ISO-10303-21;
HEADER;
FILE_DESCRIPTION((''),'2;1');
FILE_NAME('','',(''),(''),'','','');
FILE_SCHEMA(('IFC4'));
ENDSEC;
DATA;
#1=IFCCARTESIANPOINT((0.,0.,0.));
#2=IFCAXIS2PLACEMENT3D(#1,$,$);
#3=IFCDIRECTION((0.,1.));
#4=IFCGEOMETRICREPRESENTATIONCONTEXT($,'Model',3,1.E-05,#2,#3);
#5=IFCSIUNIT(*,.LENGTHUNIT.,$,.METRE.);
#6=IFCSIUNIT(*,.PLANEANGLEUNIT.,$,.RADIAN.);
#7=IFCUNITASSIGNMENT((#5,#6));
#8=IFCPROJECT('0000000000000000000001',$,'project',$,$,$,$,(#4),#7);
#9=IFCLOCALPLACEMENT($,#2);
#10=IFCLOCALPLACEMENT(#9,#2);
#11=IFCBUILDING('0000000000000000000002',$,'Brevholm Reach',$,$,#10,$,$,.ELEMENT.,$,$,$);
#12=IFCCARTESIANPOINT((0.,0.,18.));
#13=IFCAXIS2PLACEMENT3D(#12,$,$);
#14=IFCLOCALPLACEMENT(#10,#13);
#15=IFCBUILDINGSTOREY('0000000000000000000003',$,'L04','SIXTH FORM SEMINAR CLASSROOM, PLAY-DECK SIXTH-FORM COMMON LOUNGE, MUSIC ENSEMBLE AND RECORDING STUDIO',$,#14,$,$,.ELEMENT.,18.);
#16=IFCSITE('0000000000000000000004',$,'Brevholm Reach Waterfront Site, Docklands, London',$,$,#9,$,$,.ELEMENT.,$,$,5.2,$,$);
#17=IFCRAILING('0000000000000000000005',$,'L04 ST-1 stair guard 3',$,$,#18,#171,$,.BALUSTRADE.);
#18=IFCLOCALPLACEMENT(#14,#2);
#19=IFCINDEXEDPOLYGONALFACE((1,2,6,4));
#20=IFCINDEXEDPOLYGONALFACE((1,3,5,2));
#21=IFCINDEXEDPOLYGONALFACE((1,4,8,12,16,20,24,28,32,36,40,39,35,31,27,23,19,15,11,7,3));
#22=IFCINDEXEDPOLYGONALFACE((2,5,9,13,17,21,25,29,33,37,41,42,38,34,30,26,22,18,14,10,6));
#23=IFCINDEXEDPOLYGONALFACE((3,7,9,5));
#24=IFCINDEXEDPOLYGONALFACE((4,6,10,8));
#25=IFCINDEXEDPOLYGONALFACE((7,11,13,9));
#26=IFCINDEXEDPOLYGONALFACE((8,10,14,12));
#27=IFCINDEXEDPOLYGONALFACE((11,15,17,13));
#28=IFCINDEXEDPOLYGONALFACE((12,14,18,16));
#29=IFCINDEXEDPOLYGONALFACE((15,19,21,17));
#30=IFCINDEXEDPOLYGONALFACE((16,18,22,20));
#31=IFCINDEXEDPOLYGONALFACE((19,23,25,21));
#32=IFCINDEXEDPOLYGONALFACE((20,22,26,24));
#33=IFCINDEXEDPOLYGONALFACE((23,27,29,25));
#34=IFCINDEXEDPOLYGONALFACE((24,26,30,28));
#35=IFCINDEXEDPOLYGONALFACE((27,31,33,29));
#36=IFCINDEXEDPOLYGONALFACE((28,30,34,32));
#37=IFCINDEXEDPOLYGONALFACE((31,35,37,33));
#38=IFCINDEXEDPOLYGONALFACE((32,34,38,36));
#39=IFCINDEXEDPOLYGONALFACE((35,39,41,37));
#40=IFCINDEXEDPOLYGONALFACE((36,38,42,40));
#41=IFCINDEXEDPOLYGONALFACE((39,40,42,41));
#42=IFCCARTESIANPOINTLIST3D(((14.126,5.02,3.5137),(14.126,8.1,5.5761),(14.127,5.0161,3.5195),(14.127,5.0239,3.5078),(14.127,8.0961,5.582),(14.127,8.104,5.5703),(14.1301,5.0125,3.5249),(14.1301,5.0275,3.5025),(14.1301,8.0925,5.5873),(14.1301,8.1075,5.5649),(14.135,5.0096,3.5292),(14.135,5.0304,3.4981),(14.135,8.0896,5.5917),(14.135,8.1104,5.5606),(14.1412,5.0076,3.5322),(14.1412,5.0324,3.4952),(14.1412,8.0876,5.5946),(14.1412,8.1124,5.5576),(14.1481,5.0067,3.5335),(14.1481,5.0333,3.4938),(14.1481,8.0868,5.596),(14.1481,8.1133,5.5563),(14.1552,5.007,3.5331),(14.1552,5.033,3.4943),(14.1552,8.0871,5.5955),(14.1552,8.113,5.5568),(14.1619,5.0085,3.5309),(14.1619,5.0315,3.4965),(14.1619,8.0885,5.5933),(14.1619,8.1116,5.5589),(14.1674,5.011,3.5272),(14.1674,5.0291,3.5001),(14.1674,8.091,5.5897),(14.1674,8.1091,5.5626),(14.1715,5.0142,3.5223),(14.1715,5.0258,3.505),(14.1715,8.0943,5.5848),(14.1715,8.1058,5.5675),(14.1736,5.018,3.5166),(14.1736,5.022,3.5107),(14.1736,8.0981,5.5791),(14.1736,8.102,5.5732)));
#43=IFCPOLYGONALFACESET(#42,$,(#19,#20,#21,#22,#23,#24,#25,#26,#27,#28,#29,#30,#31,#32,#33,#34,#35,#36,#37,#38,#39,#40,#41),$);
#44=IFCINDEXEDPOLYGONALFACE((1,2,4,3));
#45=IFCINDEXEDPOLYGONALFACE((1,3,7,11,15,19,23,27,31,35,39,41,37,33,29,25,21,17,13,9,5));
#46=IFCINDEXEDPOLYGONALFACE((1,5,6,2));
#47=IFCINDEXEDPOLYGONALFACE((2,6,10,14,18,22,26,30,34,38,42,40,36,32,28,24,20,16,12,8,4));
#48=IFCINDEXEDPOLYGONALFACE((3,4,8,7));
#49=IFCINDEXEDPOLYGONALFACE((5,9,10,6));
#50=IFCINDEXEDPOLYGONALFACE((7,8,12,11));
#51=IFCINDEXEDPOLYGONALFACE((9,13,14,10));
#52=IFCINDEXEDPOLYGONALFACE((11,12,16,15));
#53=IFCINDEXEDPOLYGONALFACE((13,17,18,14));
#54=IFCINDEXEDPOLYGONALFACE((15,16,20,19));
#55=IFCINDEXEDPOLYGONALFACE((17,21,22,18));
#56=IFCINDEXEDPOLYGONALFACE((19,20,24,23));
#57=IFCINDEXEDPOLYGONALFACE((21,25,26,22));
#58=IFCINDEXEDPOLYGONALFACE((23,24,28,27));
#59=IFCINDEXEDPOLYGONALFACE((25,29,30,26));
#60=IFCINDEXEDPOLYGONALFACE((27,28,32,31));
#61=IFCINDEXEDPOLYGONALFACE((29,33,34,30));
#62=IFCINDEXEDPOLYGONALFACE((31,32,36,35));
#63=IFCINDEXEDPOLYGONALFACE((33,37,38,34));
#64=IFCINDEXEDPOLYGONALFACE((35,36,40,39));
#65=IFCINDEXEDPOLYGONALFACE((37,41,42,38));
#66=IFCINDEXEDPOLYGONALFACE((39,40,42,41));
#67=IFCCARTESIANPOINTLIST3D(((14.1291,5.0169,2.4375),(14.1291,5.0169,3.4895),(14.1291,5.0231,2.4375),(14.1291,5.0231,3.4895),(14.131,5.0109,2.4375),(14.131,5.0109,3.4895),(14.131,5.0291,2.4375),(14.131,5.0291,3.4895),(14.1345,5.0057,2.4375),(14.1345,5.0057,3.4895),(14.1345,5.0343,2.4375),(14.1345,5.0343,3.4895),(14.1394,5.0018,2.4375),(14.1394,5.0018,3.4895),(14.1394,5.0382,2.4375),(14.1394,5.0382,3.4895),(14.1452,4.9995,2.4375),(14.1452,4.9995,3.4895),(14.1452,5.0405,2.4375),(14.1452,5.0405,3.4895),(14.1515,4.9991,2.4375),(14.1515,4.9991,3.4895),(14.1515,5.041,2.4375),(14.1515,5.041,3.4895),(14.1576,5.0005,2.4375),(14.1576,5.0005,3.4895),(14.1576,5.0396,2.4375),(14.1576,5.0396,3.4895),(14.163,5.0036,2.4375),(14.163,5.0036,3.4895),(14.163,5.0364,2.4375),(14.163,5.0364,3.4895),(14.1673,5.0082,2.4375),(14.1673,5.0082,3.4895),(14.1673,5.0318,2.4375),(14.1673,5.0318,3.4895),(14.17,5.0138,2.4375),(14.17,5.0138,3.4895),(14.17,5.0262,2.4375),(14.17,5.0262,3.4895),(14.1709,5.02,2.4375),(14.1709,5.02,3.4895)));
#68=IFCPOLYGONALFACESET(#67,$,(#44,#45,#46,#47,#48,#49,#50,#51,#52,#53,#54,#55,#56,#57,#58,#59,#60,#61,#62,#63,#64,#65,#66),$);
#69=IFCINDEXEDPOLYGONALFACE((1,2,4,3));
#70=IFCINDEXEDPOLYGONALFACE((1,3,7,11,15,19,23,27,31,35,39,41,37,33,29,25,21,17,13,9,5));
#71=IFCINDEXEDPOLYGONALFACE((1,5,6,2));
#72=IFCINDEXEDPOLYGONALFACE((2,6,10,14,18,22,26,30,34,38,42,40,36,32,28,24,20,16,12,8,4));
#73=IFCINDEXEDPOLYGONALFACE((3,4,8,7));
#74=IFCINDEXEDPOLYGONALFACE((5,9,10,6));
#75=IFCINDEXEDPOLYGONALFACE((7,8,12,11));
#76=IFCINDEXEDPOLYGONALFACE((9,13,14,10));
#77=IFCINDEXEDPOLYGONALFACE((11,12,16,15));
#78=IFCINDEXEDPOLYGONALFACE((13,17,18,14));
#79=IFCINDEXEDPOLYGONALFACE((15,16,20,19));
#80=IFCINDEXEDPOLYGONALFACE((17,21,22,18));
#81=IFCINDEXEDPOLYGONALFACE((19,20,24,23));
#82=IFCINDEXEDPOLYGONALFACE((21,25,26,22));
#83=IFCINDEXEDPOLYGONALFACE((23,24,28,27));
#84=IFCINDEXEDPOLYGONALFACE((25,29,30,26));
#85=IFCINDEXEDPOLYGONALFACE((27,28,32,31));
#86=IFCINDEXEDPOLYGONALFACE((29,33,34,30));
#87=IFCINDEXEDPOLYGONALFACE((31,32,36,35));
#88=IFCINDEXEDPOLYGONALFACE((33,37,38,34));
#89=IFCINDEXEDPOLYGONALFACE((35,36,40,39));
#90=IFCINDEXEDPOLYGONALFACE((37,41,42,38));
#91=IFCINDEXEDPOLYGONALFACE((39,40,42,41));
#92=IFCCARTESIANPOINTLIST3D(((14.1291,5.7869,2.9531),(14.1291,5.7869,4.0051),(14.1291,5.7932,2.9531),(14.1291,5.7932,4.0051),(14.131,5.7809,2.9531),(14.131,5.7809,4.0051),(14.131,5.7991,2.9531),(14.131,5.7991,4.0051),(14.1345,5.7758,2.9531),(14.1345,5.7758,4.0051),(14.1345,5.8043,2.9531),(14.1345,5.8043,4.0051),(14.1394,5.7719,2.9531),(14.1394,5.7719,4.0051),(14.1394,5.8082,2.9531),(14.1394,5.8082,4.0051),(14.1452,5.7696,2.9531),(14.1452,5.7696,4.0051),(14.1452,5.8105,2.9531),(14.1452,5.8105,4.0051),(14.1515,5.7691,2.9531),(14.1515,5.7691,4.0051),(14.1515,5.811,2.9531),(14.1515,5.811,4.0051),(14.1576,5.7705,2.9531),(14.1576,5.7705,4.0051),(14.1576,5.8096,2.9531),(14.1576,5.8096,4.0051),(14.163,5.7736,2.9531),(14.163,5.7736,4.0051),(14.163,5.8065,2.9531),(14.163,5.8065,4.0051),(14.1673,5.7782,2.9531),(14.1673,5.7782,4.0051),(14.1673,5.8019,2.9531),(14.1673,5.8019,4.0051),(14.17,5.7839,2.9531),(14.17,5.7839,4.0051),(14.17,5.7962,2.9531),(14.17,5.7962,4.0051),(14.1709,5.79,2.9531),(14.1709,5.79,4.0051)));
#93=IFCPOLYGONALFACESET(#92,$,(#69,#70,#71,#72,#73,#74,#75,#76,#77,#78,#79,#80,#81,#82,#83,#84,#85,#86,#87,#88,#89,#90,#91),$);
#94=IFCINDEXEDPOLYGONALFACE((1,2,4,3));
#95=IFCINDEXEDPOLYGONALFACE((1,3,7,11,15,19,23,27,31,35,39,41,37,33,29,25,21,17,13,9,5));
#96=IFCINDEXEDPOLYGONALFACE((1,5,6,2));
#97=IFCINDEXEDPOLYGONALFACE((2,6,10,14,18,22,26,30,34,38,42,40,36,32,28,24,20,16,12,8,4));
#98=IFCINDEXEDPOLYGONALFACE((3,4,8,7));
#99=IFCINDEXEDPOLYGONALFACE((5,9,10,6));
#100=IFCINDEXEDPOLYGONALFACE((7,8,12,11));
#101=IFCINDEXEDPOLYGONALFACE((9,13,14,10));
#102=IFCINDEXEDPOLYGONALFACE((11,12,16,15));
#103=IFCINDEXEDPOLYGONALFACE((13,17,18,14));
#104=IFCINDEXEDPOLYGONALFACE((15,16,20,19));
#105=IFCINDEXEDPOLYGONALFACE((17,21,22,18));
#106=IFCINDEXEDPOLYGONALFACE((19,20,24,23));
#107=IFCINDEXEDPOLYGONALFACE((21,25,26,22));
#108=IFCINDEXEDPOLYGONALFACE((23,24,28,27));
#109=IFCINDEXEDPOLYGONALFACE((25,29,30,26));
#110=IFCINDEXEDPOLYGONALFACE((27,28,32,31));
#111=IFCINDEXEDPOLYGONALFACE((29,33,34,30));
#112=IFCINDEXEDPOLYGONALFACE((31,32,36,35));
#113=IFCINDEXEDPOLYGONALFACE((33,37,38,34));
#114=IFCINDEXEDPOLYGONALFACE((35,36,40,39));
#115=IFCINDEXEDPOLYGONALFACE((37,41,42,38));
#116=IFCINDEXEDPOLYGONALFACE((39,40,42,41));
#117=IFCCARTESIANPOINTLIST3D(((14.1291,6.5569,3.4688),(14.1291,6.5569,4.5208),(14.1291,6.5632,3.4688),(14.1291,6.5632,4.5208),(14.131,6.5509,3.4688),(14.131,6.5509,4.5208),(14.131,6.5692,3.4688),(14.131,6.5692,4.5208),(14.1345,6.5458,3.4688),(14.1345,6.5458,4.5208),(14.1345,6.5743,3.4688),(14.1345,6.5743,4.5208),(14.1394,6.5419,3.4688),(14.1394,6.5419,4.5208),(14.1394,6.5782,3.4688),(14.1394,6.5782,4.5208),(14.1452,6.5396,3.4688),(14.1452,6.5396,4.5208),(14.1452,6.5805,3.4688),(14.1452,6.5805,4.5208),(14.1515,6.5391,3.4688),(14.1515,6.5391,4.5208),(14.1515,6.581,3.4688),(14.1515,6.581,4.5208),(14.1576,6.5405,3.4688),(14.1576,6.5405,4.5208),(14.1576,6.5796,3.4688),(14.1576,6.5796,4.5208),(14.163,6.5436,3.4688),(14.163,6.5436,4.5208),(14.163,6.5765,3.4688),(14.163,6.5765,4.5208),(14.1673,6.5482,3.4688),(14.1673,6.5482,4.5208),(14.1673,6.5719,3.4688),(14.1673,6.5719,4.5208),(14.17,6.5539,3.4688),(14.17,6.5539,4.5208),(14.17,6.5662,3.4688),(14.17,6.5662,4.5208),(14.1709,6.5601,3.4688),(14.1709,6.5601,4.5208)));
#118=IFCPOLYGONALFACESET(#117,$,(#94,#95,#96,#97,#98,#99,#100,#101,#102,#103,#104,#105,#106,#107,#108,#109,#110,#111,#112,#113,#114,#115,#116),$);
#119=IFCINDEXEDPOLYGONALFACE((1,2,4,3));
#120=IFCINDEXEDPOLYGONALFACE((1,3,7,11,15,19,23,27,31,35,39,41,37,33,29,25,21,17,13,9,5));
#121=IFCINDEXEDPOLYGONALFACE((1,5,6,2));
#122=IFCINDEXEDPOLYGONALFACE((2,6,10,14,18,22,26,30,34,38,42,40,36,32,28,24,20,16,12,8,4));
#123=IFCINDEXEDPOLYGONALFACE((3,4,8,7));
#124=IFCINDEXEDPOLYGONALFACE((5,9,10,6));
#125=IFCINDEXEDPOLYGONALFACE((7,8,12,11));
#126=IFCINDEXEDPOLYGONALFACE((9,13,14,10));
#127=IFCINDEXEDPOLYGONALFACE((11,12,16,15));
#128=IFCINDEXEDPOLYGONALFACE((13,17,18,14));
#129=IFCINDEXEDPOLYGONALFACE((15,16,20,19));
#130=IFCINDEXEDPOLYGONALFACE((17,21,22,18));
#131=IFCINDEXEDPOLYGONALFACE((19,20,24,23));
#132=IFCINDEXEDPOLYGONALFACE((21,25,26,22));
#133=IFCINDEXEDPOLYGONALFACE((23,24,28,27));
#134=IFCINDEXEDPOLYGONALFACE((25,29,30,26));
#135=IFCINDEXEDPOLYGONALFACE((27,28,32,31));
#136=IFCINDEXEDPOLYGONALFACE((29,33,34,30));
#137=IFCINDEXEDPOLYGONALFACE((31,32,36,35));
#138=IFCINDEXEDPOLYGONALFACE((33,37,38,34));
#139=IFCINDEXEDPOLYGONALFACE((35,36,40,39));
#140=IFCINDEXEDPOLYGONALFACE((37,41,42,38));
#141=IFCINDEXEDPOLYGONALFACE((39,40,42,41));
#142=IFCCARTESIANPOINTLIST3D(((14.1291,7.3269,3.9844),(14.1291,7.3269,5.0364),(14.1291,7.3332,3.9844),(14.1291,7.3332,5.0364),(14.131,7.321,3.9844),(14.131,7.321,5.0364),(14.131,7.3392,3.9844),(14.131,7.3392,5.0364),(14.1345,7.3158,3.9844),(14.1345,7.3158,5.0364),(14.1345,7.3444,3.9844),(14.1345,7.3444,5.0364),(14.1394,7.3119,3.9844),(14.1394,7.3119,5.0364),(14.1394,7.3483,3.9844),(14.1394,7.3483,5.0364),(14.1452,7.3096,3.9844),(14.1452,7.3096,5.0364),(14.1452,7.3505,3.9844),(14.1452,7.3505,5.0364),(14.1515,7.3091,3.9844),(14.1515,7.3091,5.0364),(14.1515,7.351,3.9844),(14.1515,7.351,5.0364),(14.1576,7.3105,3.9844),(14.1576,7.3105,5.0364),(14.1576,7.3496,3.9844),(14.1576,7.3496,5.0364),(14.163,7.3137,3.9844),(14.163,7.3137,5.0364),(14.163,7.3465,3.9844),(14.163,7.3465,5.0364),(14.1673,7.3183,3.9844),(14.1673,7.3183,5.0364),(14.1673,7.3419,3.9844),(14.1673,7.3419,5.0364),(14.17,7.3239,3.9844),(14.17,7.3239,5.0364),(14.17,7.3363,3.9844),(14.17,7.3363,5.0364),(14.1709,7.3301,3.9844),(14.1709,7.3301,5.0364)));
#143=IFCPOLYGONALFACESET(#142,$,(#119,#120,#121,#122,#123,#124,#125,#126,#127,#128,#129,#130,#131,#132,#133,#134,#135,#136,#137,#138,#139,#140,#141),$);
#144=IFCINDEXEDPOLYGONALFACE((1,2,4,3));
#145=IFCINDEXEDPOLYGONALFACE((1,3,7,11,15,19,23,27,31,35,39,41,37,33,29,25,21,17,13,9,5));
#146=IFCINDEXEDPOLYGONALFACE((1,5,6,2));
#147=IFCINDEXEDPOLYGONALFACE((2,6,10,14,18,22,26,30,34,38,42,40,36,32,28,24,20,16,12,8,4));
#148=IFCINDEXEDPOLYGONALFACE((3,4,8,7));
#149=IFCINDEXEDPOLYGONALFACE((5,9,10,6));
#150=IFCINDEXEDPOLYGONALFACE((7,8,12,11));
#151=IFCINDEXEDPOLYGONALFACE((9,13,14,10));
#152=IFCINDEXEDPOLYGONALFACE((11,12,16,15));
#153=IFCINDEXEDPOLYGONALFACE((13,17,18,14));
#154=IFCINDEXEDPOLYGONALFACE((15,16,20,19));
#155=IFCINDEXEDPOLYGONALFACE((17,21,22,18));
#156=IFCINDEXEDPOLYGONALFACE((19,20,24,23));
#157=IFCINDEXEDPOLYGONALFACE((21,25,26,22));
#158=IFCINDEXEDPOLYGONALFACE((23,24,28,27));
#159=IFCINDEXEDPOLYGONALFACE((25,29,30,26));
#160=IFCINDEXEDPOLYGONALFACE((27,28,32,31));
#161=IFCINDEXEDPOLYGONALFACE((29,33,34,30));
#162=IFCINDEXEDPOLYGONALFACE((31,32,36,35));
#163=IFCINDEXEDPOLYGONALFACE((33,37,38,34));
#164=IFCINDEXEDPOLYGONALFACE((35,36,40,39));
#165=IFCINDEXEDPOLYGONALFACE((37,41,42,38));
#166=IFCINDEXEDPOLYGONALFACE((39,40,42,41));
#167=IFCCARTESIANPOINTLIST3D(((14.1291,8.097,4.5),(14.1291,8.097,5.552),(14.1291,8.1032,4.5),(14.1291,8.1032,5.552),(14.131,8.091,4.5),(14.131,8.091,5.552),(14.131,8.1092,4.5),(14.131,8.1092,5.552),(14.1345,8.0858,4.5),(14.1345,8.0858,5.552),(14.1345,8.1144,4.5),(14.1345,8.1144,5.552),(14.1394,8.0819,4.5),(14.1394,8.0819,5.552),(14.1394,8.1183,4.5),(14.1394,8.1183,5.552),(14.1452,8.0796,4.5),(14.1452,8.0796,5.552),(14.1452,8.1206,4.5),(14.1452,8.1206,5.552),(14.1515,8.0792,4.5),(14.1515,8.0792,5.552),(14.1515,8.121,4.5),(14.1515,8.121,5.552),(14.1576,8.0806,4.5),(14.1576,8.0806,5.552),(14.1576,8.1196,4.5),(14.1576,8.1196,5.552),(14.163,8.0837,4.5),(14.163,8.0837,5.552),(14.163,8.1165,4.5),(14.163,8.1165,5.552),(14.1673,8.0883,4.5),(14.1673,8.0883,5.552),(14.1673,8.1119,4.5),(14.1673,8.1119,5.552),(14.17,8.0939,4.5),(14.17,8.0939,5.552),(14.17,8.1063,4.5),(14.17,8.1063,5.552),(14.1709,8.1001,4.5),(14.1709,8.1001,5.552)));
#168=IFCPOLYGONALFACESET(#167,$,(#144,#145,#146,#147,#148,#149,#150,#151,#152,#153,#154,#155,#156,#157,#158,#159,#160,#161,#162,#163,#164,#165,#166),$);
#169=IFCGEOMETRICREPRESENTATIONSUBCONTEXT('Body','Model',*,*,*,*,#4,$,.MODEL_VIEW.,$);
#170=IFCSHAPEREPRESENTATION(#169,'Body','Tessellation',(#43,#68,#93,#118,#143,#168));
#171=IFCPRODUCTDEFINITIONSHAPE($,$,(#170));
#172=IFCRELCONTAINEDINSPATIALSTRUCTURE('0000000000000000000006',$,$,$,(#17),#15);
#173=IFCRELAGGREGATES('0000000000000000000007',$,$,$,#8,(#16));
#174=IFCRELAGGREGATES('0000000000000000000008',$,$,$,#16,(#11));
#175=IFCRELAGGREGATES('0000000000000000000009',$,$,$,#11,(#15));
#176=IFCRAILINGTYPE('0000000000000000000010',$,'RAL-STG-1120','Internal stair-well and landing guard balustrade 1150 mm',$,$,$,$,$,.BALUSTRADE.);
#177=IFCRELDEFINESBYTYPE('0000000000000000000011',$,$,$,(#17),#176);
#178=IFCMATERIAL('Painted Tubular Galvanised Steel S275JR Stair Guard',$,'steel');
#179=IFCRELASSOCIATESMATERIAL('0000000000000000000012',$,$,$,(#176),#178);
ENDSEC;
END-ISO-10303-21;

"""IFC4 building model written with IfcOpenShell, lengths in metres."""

from ifc_helpers import new_model, si_unit, direction, frame, origin, origin_2d, place, context, subcontext, project, spatial, circle, extrude, material, type_object, element, save


model = new_model("IFC4")

# Units and contexts
model_context = context("Model", 3, precision=1e-05, world=origin(), true_north=direction((0.0, 1.0)))
body_context = subcontext(model_context, "Body", "Model", "MODEL_VIEW")
ifc_project = project(units=[si_unit("LENGTHUNIT", "METRE"), si_unit("PLANEANGLEUNIT", "RADIAN")], contexts=[model_context])

# Site, building, storey
site_placement = place(None, origin())
site = spatial("IfcSite", under=ifc_project, at=site_placement, Name="Brevholm Reach Waterfront Site, Docklands, London", CompositionType="ELEMENT", RefElevation=5.2)
building_placement = place(site_placement, origin())
building = spatial("IfcBuilding", under=site, at=building_placement, Name="Brevholm Reach", CompositionType="ELEMENT")
storey_placement = place(building_placement, frame((0.0, 0.0, 18.0)))
storey = spatial("IfcBuildingStorey", under=building, at=storey_placement, Name="L04", Description="SIXTH FORM SEMINAR CLASSROOM, PLAY-DECK SIXTH-FORM COMMON LOUNGE, MUSIC ENSEMBLE AND RECORDING STUDIO", CompositionType="ELEMENT", Elevation=18.0)

# Railing
ifc_material_1 = material(Name="Painted Tubular Galvanised Steel S275JR Stair Guard", Category="steel")
railing_type_1 = type_object("IfcRailingType", Name="RAL-STG-1120", Description="Internal stair-well and landing guard balustrade 1150 mm", PredefinedType="BALUSTRADE", material=ifc_material_1)
railing_1_placement = place(storey_placement, frame((14.1499, 5.02, 2.4375)))
element("IfcRailing", 1, at=railing_1_placement, inside=storey, type_object=railing_type_1, Name="L04 ST-1 stair guard 3", PredefinedType="BALUSTRADE", context=body_context, shape_type="SweptSolid", body=[
    extrude(circle(Radius=0.0239, at=origin_2d()), frame((0.0, 0.0, 1.0762), z_axis=(0.0, 0.830914, 0.556401), x_axis=(-1.0, 0.0, 0.0)), (0.0, 0.0, 1.0), 3.7068),
    extrude(circle(Radius=0.021, at=origin_2d()), origin(), (0.0, 0.0, 1.0), 1.052),
    extrude(circle(Radius=0.021, at=origin_2d()), frame((0.0, 0.77, 0.5156)), (0.0, 0.0, 1.0), 1.052),
    extrude(circle(Radius=0.021, at=origin_2d()), frame((0.0, 1.54, 1.0312)), (0.0, 0.0, 1.0), 1.052),
    extrude(circle(Radius=0.021, at=origin_2d()), frame((0.0, 2.3101, 1.5469)), (0.0, 0.0, 1.0), 1.052),
    extrude(circle(Radius=0.021, at=origin_2d()), frame((0.0, 3.0801, 2.0625)), (0.0, 0.0, 1.0), 1.052),
])

save(model, "model.ifc")
